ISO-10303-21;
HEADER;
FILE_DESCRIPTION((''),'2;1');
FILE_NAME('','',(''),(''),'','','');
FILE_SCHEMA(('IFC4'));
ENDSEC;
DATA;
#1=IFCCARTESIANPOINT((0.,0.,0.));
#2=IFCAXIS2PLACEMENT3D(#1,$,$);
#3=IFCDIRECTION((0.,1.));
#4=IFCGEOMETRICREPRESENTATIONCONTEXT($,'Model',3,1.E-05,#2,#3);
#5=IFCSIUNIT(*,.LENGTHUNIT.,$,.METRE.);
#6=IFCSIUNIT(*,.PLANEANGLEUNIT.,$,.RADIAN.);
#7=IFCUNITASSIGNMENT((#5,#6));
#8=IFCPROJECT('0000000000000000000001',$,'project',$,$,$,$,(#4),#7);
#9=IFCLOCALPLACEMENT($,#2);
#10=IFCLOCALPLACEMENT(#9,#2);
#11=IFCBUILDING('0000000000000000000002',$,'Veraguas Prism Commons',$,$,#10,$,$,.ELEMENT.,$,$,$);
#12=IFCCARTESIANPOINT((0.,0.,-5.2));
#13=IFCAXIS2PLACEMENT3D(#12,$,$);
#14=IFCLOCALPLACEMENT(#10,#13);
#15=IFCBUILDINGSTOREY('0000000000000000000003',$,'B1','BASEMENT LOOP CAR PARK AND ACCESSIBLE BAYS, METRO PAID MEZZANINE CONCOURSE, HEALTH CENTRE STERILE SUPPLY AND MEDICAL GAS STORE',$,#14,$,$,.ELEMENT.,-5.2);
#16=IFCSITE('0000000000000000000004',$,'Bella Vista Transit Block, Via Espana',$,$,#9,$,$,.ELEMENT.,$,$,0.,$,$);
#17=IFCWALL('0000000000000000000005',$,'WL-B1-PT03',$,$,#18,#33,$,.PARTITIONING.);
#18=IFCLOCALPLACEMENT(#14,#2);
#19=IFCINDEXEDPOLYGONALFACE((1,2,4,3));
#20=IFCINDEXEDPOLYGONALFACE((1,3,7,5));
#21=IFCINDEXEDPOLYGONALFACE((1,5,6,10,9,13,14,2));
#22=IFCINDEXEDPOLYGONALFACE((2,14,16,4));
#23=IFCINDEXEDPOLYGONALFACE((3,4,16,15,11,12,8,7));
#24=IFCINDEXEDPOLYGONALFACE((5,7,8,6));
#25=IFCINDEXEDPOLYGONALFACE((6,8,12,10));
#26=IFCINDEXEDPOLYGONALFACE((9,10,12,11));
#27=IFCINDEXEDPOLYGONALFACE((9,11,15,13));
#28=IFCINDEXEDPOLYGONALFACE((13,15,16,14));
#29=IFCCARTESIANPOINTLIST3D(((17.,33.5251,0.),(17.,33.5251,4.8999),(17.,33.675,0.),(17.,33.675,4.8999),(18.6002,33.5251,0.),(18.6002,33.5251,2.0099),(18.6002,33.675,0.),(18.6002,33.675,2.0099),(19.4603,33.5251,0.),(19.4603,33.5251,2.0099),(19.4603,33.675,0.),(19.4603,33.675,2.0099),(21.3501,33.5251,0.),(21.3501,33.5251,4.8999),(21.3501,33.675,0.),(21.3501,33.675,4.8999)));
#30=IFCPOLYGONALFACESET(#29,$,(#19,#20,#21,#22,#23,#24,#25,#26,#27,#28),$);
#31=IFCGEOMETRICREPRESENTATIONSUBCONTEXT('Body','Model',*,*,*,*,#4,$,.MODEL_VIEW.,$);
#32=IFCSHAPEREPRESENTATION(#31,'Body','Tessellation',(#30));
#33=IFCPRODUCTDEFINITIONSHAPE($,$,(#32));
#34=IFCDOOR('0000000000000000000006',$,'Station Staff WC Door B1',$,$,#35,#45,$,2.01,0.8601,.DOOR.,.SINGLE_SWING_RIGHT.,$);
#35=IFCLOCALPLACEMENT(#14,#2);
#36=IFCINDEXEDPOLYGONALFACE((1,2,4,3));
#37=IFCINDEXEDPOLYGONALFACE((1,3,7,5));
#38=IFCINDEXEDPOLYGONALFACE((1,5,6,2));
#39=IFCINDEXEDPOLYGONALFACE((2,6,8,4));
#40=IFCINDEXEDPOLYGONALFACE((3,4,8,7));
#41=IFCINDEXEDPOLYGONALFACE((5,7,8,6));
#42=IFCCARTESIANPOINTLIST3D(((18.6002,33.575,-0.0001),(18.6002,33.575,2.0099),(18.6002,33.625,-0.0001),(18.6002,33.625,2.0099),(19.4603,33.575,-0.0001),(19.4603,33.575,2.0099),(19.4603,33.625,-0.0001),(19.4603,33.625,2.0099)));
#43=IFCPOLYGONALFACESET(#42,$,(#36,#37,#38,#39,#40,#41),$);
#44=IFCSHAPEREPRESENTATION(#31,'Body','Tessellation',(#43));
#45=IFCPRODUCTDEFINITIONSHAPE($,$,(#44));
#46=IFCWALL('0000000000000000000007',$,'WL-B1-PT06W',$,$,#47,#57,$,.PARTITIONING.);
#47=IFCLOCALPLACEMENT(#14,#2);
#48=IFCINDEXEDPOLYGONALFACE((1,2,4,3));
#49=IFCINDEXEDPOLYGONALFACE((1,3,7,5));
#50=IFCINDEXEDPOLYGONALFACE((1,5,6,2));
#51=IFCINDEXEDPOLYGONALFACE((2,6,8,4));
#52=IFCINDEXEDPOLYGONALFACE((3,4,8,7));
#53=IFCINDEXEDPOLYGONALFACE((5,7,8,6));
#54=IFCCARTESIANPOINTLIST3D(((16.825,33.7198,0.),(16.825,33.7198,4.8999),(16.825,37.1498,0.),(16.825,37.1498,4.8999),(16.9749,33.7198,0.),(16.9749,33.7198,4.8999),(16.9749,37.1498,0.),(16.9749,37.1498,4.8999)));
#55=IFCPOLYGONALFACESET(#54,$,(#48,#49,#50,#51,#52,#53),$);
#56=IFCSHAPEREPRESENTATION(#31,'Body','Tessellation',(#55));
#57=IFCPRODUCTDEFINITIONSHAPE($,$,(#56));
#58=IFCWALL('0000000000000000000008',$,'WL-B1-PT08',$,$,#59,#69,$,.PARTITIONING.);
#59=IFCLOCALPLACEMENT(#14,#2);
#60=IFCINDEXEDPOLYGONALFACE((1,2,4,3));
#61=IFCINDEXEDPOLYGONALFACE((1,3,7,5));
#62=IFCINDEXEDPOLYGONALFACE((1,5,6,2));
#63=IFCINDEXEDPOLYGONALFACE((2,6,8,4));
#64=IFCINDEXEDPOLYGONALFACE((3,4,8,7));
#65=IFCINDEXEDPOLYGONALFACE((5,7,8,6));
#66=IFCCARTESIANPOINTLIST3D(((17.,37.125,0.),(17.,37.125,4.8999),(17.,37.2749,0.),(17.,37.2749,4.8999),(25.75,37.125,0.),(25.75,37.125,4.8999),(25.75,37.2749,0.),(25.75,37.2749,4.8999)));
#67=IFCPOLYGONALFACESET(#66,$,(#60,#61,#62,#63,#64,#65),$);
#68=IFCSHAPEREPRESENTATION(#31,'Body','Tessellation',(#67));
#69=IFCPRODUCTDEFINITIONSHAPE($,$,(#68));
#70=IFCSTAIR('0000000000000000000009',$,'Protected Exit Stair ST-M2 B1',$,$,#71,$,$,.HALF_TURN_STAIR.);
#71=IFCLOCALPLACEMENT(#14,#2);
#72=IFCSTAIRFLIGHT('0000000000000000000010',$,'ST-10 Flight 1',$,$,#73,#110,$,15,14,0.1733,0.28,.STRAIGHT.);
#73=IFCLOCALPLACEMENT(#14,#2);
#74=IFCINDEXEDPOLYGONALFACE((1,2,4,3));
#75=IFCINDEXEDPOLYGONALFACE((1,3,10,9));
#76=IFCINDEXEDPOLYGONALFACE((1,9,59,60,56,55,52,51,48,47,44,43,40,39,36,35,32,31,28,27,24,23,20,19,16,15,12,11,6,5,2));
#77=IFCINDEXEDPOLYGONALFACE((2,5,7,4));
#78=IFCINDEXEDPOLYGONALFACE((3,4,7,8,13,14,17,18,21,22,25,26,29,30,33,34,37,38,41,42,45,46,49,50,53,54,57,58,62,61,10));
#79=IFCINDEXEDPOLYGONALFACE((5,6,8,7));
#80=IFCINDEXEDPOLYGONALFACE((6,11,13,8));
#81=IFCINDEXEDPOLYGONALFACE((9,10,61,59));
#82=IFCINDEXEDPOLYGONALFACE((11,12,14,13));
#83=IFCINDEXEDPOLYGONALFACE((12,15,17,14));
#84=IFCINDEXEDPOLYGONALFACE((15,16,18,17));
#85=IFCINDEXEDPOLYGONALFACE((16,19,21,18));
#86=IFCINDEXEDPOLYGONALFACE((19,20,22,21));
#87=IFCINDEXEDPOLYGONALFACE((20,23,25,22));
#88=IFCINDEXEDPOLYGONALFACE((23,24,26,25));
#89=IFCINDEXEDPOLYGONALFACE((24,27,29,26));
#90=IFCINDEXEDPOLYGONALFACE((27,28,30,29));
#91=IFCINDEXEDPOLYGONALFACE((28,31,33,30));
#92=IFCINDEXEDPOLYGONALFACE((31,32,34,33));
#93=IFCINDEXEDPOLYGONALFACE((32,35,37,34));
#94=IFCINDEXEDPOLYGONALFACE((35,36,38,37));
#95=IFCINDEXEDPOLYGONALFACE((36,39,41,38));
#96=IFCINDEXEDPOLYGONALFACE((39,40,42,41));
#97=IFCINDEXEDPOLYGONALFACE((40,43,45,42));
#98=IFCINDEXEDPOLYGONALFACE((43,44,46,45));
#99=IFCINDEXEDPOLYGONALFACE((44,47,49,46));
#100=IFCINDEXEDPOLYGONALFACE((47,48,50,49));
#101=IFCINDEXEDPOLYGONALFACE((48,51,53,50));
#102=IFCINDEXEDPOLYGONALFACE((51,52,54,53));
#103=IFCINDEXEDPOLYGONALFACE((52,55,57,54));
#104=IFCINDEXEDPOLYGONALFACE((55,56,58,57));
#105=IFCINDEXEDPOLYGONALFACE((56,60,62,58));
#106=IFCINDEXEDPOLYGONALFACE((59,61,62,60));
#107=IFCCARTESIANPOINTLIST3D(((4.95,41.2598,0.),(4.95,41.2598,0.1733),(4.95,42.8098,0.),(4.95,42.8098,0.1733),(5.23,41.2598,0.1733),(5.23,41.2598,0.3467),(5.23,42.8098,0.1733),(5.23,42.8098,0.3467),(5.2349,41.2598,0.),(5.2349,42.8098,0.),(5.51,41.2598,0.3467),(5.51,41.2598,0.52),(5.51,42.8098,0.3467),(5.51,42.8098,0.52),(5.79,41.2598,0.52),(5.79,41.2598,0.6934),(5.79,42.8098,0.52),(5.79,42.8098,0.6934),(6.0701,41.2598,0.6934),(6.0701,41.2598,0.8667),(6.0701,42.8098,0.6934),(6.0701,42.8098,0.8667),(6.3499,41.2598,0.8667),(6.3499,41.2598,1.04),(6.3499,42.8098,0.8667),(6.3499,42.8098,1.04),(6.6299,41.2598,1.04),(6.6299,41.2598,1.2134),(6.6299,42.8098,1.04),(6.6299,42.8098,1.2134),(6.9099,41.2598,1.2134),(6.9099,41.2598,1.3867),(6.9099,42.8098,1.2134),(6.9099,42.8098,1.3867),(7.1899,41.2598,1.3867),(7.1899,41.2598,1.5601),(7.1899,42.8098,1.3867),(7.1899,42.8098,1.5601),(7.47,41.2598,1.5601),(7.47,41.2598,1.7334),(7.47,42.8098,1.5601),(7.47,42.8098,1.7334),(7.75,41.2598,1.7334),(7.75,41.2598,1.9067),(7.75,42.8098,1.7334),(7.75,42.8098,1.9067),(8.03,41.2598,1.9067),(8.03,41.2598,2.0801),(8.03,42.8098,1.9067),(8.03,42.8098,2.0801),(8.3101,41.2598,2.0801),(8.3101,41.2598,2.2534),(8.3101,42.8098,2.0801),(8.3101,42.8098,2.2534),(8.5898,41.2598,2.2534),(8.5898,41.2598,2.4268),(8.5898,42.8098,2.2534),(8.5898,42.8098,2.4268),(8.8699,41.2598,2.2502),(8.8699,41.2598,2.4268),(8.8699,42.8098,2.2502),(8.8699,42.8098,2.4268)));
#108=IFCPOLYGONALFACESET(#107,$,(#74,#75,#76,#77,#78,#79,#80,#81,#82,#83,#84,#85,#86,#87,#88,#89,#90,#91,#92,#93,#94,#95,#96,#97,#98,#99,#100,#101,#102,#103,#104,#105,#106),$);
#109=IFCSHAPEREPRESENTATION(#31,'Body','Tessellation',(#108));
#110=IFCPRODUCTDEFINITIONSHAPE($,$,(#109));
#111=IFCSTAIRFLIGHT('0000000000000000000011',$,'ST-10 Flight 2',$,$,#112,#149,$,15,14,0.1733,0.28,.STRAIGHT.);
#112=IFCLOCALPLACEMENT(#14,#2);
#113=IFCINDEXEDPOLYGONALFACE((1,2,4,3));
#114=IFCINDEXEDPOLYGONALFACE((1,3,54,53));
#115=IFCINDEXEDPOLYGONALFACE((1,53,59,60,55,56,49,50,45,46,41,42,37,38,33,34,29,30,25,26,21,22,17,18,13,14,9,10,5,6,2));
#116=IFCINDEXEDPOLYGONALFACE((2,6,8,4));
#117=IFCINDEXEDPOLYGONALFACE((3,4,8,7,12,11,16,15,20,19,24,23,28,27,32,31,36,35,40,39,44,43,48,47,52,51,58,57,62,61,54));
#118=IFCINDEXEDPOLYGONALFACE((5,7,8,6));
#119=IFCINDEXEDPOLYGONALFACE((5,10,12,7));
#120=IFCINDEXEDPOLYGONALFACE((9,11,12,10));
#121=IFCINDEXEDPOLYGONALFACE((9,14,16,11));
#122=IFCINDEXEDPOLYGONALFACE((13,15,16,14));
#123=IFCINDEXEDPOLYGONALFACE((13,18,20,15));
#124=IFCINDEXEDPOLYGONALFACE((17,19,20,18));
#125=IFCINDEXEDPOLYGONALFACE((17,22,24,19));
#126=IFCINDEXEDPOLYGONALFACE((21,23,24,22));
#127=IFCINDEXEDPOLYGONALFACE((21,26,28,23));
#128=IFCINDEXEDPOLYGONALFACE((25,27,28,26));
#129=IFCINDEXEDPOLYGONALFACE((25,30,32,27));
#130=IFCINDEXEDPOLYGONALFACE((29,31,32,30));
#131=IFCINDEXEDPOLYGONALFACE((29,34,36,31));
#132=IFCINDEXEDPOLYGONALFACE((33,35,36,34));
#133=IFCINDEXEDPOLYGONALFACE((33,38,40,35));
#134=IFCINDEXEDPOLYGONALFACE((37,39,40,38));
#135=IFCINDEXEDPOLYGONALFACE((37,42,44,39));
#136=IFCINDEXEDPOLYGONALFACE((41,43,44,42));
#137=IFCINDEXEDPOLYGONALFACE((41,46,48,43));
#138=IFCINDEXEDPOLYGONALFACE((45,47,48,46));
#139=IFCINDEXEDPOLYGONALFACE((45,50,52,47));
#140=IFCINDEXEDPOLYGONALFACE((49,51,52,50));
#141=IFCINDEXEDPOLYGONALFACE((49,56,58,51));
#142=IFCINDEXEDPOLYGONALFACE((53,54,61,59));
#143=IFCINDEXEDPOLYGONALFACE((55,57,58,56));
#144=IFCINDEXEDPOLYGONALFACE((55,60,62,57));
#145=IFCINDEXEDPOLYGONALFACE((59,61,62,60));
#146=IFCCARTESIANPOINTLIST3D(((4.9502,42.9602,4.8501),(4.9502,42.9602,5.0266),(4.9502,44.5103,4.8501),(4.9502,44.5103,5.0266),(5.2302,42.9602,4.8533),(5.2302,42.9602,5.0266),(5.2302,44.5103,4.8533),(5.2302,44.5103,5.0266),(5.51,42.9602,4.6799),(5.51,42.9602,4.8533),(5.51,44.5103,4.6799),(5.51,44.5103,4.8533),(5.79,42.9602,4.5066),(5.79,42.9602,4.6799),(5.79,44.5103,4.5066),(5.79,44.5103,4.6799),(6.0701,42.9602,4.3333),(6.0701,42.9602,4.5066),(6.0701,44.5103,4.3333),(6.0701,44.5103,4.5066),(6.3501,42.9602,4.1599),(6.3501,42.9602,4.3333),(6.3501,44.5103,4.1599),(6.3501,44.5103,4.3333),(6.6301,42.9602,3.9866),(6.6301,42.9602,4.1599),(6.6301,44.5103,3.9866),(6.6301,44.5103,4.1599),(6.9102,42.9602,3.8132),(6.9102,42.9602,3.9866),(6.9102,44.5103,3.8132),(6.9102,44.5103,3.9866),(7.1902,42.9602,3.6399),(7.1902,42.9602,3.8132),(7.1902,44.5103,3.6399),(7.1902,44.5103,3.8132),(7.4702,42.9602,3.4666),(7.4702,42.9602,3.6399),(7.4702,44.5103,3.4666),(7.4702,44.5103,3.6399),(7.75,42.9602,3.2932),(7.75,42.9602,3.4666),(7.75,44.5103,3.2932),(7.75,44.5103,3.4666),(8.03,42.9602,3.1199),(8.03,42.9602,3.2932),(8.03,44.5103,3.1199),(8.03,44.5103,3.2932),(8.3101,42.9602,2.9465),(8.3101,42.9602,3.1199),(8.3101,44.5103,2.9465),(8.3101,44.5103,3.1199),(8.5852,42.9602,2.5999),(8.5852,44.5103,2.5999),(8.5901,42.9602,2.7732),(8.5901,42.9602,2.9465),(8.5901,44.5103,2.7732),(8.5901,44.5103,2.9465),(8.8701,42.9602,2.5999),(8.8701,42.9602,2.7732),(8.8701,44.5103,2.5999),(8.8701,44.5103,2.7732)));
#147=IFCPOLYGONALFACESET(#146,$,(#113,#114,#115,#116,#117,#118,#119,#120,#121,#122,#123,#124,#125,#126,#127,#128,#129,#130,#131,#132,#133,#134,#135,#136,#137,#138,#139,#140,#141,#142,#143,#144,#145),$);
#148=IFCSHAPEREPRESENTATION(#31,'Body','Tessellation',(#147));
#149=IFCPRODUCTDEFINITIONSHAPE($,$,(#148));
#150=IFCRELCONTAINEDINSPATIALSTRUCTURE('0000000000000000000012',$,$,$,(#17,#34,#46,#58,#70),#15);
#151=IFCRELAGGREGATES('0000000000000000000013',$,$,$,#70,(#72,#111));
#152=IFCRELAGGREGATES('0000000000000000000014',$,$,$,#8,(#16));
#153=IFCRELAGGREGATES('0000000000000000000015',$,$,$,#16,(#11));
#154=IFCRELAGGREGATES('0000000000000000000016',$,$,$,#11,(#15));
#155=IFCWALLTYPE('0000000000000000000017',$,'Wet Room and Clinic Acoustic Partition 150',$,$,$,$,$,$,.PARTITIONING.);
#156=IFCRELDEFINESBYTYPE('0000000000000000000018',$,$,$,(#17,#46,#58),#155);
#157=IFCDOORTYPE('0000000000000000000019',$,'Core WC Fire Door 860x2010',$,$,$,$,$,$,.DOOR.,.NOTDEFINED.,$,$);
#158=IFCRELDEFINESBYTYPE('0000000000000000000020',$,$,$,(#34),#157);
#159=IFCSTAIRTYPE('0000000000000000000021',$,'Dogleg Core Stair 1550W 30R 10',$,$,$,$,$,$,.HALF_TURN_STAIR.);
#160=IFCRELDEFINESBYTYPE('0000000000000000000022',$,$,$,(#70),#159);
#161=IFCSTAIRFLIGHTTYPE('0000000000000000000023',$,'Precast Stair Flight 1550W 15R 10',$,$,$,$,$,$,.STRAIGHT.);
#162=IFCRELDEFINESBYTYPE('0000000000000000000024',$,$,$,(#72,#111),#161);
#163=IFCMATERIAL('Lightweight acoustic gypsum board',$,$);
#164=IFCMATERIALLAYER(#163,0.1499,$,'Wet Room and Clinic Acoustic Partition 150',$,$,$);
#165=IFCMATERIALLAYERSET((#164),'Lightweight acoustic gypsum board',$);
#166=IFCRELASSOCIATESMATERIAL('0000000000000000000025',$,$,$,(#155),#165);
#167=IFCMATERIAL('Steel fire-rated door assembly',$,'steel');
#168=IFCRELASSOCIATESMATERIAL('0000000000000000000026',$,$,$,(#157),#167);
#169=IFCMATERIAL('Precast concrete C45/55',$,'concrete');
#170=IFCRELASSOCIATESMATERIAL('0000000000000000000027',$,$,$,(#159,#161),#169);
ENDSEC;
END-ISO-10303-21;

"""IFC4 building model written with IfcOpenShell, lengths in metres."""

from ifc_helpers import new_model, si_unit, direction, frame, frame_2d, origin, place, context, subcontext, project, spatial, polyline, rectangle, outline, extrude, source, transform, mapped, material, layer, layer_set, type_object, element, fill, aggregate, save


model = new_model("IFC4")

# Units and contexts
model_context = context("Model", 3, precision=1e-05, world=origin(), true_north=direction((0.0, 1.0)))
body_context = subcontext(model_context, "Body", "Model", "MODEL_VIEW")
ifc_project = project(units=[si_unit("LENGTHUNIT", "METRE"), si_unit("PLANEANGLEUNIT", "RADIAN")], contexts=[model_context])

# Site, building, storey
site_placement = place(None, origin())
site = spatial("IfcSite", under=ifc_project, at=site_placement, Name="Bella Vista Transit Block, Via Espana", CompositionType="ELEMENT", RefElevation=0.0)
building_placement = place(site_placement, origin())
building = spatial("IfcBuilding", under=site, at=building_placement, Name="Veraguas Prism Commons", CompositionType="ELEMENT")
storey_placement = place(building_placement, frame((0.0, 0.0, -5.2)))
storey = spatial("IfcBuildingStorey", under=building, at=storey_placement, Name="B1", Description="BASEMENT LOOP CAR PARK AND ACCESSIBLE BAYS, METRO PAID MEZZANINE CONCOURSE, HEALTH CENTRE STERILE SUPPLY AND MEDICAL GAS STORE", CompositionType="ELEMENT", Elevation=-5.2)

# Shared definitions
ifc_material_1 = material(Name="Steel fire-rated door assembly", Category="steel")

# Wall, opening, door
ifc_material_2 = material(Name="Lightweight acoustic gypsum board")
ifc_layer_1 = layer(ifc_material_2, 0.1499, Name="Wet Room and Clinic Acoustic Partition 150")
ifc_layer_set_1 = layer_set([ifc_layer_1], Name="Lightweight acoustic gypsum board")
wall_type_1 = type_object("IfcWallType", Name="Wet Room and Clinic Acoustic Partition 150", PredefinedType="PARTITIONING", material=ifc_layer_set_1)
wall_1_placement = place(storey_placement, frame((17.0, 33.6001, 0.0), z_axis=(0.0, 0.0, 1.0), x_axis=(1.0, 0.0, 0.0)))
wall_1 = element("IfcWall", 1, at=wall_1_placement, inside=storey, type_object=wall_type_1, Name="WL-B1-PT03", PredefinedType="PARTITIONING", context=body_context, shape_type="SweptSolid", body=[
    extrude(rectangle(XDim=4.3501, YDim=0.1499, at=frame_2d((2.175, 0.0))), origin(), (0.0, 0.0, 1.0), 4.8999),
])
opening_1_placement = place(wall_1_placement, frame((1.6001, 0.0, 0.0)))
opening_1 = element("IfcOpeningElement", 2, at=opening_1_placement, cuts=wall_1, PredefinedType="OPENING", context=body_context, shape_type="SweptSolid", body=[
    extrude(rectangle(XDim=0.8601, YDim=2.01, at=frame_2d((0.4302, 1.0049))), frame((0.0, 0.085, 0.0), z_axis=(0.0, -1.0, 0.0), x_axis=(1.0, 0.0, 0.0)), (0.0, 0.0, 1.0), 0.1699),
])
door_type_1 = type_object("IfcDoorType", Name="Core WC Fire Door 860x2010", OperationType="NOTDEFINED", PredefinedType="DOOR", material=ifc_material_1)
shared_shape_1 = source(origin(), body_context, "Body", "SweptSolid", [
    extrude(rectangle(XDim=0.8601, YDim=2.01, at=frame_2d((0.4302, 1.0049))), frame((0.0, 0.0249, 0.0), z_axis=(0.0, -1.0, 0.0), x_axis=(1.0, 0.0, 0.0)), (0.0, 0.0, 1.0), 0.05),
])
door_1_placement = place(opening_1_placement, origin())
door_1 = element("IfcDoor", 3, at=door_1_placement, inside=storey, type_object=door_type_1, Name="Station Staff WC Door B1", OperationType="SINGLE_SWING_RIGHT", OverallHeight=2.01, OverallWidth=0.8601, PredefinedType="DOOR", context=body_context, shape_type="MappedRepresentation", body=[
    mapped(shared_shape_1, transform((0.0, 0.0, 0.0), scale=1.0)),
])
fill(opening_1, door_1)

# Walls
wall_2_placement = place(storey_placement, frame((16.8999, 33.72, 0.0), z_axis=(0.0, 0.0, 1.0), x_axis=(0.0, 1.0, 0.0)))
element("IfcWall", 4, at=wall_2_placement, inside=storey, type_object=wall_type_1, Name="WL-B1-PT06W", PredefinedType="PARTITIONING", context=body_context, shape_type="SweptSolid", body=[
    extrude(rectangle(XDim=3.4299, YDim=0.1499, at=frame_2d((1.7148, 0.0))), origin(), (0.0, 0.0, 1.0), 4.8999),
])
wall_3_placement = place(storey_placement, frame((17.0, 37.2, 0.0), z_axis=(0.0, 0.0, 1.0), x_axis=(1.0, 0.0, 0.0)))
element("IfcWall", 5, at=wall_3_placement, inside=storey, type_object=wall_type_1, Name="WL-B1-PT08", PredefinedType="PARTITIONING", context=body_context, shape_type="SweptSolid", body=[
    extrude(rectangle(XDim=8.75, YDim=0.1499, at=frame_2d((4.375, 0.0))), origin(), (0.0, 0.0, 1.0), 4.8999),
])

# Stair, stair flights
ifc_material_3 = material(Name="Precast concrete C45/55", Category="concrete")
stair_type = type_object("IfcStairType", Name="Dogleg Core Stair 1550W 30R 10", PredefinedType="HALF_TURN_STAIR", material=ifc_material_3)
stair_placement = place(storey_placement, origin())
stair = element("IfcStair", 6, at=stair_placement, inside=storey, type_object=stair_type, Name="Protected Exit Stair ST-M2 B1", PredefinedType="HALF_TURN_STAIR")
stair_flight_type = type_object("IfcStairFlightType", Name="Precast Stair Flight 1550W 15R 10", PredefinedType="STRAIGHT", material=ifc_material_3)
stair_flight_1_placement = place(storey_placement, frame((4.95, 42.0349, 0.0), z_axis=(0.0, 0.0, 1.0), x_axis=(1.0, 0.0, 0.0)))
stair_flight_1 = element("IfcStairFlight", 7, at=stair_flight_1_placement, type_object=stair_flight_type, Name="ST-10 Flight 1", NumberOfRisers=15, NumberOfTreads=14, PredefinedType="STRAIGHT", RiserHeight=0.1733, TreadLength=0.28, context=body_context, shape_type="SweptSolid", body=[
    extrude(outline(polyline([(0.0, 0.0), (0.0, 0.1733), (0.28, 0.1733), (0.28, 0.3467), (0.5601, 0.3467), (0.5601, 0.52), (0.8401, 0.52), (0.8401, 0.6934), (1.1201, 0.6934), (1.1201, 0.8667), (1.3999, 0.8667), (1.3999, 1.04), (1.6799, 1.04), (1.6799, 1.2134), (1.96, 1.2134), (1.96, 1.3867), (2.24, 1.3867), (2.24, 1.5601), (2.52, 1.5601), (2.52, 1.7334), (2.8, 1.7334), (2.8, 1.9067), (3.0801, 1.9067), (3.0801, 2.0801), (3.3601, 2.0801), (3.3601, 2.2534), (3.6399, 2.2534), (3.6399, 2.4268), (3.9199, 2.4268), (3.9199, 2.6001), (3.9199, 2.2502), (0.2849, 0.0), (0.0, 0.0)])), frame((0.0, 0.7749, 0.0), z_axis=(0.0, -1.0, 0.0), x_axis=(1.0, 0.0, 0.0)), (0.0, 0.0, 1.0), 1.55),
])
stair_flight_2_placement = place(storey_placement, frame((8.8701, 43.7351, 2.5999), z_axis=(0.0, 0.0, 1.0), x_axis=(-1.0, 0.0, 0.0)))
stair_flight_2 = element("IfcStairFlight", 8, at=stair_flight_2_placement, type_object=stair_flight_type, Name="ST-10 Flight 2", NumberOfRisers=15, NumberOfTreads=14, PredefinedType="STRAIGHT", RiserHeight=0.1733, TreadLength=0.28, context=body_context, shape_type="SweptSolid", body=[
    extrude(outline(polyline([(0.0, 0.0), (0.0, 0.1733), (0.28, 0.1733), (0.28, 0.3467), (0.5601, 0.3467), (0.5601, 0.52), (0.8401, 0.52), (0.8401, 0.6934), (1.1201, 0.6934), (1.1201, 0.8667), (1.3999, 0.8667), (1.3999, 1.04), (1.6799, 1.04), (1.6799, 1.2134), (1.96, 1.2134), (1.96, 1.3867), (2.24, 1.3867), (2.24, 1.5601), (2.52, 1.5601), (2.52, 1.7334), (2.8, 1.7334), (2.8, 1.9067), (3.0801, 1.9067), (3.0801, 2.0801), (3.3601, 2.0801), (3.3601, 2.2534), (3.6399, 2.2534), (3.6399, 2.4268), (3.9199, 2.4268), (3.9199, 2.6001), (3.9199, 2.2502), (0.2849, 0.0), (0.0, 0.0)])), frame((0.0, 0.7749, 0.0), z_axis=(0.0, -1.0, 0.0), x_axis=(1.0, 0.0, 0.0)), (0.0, 0.0, 1.0), 1.55),
])
aggregate(stair, [stair_flight_1, stair_flight_2])

save(model, "model.ifc")
